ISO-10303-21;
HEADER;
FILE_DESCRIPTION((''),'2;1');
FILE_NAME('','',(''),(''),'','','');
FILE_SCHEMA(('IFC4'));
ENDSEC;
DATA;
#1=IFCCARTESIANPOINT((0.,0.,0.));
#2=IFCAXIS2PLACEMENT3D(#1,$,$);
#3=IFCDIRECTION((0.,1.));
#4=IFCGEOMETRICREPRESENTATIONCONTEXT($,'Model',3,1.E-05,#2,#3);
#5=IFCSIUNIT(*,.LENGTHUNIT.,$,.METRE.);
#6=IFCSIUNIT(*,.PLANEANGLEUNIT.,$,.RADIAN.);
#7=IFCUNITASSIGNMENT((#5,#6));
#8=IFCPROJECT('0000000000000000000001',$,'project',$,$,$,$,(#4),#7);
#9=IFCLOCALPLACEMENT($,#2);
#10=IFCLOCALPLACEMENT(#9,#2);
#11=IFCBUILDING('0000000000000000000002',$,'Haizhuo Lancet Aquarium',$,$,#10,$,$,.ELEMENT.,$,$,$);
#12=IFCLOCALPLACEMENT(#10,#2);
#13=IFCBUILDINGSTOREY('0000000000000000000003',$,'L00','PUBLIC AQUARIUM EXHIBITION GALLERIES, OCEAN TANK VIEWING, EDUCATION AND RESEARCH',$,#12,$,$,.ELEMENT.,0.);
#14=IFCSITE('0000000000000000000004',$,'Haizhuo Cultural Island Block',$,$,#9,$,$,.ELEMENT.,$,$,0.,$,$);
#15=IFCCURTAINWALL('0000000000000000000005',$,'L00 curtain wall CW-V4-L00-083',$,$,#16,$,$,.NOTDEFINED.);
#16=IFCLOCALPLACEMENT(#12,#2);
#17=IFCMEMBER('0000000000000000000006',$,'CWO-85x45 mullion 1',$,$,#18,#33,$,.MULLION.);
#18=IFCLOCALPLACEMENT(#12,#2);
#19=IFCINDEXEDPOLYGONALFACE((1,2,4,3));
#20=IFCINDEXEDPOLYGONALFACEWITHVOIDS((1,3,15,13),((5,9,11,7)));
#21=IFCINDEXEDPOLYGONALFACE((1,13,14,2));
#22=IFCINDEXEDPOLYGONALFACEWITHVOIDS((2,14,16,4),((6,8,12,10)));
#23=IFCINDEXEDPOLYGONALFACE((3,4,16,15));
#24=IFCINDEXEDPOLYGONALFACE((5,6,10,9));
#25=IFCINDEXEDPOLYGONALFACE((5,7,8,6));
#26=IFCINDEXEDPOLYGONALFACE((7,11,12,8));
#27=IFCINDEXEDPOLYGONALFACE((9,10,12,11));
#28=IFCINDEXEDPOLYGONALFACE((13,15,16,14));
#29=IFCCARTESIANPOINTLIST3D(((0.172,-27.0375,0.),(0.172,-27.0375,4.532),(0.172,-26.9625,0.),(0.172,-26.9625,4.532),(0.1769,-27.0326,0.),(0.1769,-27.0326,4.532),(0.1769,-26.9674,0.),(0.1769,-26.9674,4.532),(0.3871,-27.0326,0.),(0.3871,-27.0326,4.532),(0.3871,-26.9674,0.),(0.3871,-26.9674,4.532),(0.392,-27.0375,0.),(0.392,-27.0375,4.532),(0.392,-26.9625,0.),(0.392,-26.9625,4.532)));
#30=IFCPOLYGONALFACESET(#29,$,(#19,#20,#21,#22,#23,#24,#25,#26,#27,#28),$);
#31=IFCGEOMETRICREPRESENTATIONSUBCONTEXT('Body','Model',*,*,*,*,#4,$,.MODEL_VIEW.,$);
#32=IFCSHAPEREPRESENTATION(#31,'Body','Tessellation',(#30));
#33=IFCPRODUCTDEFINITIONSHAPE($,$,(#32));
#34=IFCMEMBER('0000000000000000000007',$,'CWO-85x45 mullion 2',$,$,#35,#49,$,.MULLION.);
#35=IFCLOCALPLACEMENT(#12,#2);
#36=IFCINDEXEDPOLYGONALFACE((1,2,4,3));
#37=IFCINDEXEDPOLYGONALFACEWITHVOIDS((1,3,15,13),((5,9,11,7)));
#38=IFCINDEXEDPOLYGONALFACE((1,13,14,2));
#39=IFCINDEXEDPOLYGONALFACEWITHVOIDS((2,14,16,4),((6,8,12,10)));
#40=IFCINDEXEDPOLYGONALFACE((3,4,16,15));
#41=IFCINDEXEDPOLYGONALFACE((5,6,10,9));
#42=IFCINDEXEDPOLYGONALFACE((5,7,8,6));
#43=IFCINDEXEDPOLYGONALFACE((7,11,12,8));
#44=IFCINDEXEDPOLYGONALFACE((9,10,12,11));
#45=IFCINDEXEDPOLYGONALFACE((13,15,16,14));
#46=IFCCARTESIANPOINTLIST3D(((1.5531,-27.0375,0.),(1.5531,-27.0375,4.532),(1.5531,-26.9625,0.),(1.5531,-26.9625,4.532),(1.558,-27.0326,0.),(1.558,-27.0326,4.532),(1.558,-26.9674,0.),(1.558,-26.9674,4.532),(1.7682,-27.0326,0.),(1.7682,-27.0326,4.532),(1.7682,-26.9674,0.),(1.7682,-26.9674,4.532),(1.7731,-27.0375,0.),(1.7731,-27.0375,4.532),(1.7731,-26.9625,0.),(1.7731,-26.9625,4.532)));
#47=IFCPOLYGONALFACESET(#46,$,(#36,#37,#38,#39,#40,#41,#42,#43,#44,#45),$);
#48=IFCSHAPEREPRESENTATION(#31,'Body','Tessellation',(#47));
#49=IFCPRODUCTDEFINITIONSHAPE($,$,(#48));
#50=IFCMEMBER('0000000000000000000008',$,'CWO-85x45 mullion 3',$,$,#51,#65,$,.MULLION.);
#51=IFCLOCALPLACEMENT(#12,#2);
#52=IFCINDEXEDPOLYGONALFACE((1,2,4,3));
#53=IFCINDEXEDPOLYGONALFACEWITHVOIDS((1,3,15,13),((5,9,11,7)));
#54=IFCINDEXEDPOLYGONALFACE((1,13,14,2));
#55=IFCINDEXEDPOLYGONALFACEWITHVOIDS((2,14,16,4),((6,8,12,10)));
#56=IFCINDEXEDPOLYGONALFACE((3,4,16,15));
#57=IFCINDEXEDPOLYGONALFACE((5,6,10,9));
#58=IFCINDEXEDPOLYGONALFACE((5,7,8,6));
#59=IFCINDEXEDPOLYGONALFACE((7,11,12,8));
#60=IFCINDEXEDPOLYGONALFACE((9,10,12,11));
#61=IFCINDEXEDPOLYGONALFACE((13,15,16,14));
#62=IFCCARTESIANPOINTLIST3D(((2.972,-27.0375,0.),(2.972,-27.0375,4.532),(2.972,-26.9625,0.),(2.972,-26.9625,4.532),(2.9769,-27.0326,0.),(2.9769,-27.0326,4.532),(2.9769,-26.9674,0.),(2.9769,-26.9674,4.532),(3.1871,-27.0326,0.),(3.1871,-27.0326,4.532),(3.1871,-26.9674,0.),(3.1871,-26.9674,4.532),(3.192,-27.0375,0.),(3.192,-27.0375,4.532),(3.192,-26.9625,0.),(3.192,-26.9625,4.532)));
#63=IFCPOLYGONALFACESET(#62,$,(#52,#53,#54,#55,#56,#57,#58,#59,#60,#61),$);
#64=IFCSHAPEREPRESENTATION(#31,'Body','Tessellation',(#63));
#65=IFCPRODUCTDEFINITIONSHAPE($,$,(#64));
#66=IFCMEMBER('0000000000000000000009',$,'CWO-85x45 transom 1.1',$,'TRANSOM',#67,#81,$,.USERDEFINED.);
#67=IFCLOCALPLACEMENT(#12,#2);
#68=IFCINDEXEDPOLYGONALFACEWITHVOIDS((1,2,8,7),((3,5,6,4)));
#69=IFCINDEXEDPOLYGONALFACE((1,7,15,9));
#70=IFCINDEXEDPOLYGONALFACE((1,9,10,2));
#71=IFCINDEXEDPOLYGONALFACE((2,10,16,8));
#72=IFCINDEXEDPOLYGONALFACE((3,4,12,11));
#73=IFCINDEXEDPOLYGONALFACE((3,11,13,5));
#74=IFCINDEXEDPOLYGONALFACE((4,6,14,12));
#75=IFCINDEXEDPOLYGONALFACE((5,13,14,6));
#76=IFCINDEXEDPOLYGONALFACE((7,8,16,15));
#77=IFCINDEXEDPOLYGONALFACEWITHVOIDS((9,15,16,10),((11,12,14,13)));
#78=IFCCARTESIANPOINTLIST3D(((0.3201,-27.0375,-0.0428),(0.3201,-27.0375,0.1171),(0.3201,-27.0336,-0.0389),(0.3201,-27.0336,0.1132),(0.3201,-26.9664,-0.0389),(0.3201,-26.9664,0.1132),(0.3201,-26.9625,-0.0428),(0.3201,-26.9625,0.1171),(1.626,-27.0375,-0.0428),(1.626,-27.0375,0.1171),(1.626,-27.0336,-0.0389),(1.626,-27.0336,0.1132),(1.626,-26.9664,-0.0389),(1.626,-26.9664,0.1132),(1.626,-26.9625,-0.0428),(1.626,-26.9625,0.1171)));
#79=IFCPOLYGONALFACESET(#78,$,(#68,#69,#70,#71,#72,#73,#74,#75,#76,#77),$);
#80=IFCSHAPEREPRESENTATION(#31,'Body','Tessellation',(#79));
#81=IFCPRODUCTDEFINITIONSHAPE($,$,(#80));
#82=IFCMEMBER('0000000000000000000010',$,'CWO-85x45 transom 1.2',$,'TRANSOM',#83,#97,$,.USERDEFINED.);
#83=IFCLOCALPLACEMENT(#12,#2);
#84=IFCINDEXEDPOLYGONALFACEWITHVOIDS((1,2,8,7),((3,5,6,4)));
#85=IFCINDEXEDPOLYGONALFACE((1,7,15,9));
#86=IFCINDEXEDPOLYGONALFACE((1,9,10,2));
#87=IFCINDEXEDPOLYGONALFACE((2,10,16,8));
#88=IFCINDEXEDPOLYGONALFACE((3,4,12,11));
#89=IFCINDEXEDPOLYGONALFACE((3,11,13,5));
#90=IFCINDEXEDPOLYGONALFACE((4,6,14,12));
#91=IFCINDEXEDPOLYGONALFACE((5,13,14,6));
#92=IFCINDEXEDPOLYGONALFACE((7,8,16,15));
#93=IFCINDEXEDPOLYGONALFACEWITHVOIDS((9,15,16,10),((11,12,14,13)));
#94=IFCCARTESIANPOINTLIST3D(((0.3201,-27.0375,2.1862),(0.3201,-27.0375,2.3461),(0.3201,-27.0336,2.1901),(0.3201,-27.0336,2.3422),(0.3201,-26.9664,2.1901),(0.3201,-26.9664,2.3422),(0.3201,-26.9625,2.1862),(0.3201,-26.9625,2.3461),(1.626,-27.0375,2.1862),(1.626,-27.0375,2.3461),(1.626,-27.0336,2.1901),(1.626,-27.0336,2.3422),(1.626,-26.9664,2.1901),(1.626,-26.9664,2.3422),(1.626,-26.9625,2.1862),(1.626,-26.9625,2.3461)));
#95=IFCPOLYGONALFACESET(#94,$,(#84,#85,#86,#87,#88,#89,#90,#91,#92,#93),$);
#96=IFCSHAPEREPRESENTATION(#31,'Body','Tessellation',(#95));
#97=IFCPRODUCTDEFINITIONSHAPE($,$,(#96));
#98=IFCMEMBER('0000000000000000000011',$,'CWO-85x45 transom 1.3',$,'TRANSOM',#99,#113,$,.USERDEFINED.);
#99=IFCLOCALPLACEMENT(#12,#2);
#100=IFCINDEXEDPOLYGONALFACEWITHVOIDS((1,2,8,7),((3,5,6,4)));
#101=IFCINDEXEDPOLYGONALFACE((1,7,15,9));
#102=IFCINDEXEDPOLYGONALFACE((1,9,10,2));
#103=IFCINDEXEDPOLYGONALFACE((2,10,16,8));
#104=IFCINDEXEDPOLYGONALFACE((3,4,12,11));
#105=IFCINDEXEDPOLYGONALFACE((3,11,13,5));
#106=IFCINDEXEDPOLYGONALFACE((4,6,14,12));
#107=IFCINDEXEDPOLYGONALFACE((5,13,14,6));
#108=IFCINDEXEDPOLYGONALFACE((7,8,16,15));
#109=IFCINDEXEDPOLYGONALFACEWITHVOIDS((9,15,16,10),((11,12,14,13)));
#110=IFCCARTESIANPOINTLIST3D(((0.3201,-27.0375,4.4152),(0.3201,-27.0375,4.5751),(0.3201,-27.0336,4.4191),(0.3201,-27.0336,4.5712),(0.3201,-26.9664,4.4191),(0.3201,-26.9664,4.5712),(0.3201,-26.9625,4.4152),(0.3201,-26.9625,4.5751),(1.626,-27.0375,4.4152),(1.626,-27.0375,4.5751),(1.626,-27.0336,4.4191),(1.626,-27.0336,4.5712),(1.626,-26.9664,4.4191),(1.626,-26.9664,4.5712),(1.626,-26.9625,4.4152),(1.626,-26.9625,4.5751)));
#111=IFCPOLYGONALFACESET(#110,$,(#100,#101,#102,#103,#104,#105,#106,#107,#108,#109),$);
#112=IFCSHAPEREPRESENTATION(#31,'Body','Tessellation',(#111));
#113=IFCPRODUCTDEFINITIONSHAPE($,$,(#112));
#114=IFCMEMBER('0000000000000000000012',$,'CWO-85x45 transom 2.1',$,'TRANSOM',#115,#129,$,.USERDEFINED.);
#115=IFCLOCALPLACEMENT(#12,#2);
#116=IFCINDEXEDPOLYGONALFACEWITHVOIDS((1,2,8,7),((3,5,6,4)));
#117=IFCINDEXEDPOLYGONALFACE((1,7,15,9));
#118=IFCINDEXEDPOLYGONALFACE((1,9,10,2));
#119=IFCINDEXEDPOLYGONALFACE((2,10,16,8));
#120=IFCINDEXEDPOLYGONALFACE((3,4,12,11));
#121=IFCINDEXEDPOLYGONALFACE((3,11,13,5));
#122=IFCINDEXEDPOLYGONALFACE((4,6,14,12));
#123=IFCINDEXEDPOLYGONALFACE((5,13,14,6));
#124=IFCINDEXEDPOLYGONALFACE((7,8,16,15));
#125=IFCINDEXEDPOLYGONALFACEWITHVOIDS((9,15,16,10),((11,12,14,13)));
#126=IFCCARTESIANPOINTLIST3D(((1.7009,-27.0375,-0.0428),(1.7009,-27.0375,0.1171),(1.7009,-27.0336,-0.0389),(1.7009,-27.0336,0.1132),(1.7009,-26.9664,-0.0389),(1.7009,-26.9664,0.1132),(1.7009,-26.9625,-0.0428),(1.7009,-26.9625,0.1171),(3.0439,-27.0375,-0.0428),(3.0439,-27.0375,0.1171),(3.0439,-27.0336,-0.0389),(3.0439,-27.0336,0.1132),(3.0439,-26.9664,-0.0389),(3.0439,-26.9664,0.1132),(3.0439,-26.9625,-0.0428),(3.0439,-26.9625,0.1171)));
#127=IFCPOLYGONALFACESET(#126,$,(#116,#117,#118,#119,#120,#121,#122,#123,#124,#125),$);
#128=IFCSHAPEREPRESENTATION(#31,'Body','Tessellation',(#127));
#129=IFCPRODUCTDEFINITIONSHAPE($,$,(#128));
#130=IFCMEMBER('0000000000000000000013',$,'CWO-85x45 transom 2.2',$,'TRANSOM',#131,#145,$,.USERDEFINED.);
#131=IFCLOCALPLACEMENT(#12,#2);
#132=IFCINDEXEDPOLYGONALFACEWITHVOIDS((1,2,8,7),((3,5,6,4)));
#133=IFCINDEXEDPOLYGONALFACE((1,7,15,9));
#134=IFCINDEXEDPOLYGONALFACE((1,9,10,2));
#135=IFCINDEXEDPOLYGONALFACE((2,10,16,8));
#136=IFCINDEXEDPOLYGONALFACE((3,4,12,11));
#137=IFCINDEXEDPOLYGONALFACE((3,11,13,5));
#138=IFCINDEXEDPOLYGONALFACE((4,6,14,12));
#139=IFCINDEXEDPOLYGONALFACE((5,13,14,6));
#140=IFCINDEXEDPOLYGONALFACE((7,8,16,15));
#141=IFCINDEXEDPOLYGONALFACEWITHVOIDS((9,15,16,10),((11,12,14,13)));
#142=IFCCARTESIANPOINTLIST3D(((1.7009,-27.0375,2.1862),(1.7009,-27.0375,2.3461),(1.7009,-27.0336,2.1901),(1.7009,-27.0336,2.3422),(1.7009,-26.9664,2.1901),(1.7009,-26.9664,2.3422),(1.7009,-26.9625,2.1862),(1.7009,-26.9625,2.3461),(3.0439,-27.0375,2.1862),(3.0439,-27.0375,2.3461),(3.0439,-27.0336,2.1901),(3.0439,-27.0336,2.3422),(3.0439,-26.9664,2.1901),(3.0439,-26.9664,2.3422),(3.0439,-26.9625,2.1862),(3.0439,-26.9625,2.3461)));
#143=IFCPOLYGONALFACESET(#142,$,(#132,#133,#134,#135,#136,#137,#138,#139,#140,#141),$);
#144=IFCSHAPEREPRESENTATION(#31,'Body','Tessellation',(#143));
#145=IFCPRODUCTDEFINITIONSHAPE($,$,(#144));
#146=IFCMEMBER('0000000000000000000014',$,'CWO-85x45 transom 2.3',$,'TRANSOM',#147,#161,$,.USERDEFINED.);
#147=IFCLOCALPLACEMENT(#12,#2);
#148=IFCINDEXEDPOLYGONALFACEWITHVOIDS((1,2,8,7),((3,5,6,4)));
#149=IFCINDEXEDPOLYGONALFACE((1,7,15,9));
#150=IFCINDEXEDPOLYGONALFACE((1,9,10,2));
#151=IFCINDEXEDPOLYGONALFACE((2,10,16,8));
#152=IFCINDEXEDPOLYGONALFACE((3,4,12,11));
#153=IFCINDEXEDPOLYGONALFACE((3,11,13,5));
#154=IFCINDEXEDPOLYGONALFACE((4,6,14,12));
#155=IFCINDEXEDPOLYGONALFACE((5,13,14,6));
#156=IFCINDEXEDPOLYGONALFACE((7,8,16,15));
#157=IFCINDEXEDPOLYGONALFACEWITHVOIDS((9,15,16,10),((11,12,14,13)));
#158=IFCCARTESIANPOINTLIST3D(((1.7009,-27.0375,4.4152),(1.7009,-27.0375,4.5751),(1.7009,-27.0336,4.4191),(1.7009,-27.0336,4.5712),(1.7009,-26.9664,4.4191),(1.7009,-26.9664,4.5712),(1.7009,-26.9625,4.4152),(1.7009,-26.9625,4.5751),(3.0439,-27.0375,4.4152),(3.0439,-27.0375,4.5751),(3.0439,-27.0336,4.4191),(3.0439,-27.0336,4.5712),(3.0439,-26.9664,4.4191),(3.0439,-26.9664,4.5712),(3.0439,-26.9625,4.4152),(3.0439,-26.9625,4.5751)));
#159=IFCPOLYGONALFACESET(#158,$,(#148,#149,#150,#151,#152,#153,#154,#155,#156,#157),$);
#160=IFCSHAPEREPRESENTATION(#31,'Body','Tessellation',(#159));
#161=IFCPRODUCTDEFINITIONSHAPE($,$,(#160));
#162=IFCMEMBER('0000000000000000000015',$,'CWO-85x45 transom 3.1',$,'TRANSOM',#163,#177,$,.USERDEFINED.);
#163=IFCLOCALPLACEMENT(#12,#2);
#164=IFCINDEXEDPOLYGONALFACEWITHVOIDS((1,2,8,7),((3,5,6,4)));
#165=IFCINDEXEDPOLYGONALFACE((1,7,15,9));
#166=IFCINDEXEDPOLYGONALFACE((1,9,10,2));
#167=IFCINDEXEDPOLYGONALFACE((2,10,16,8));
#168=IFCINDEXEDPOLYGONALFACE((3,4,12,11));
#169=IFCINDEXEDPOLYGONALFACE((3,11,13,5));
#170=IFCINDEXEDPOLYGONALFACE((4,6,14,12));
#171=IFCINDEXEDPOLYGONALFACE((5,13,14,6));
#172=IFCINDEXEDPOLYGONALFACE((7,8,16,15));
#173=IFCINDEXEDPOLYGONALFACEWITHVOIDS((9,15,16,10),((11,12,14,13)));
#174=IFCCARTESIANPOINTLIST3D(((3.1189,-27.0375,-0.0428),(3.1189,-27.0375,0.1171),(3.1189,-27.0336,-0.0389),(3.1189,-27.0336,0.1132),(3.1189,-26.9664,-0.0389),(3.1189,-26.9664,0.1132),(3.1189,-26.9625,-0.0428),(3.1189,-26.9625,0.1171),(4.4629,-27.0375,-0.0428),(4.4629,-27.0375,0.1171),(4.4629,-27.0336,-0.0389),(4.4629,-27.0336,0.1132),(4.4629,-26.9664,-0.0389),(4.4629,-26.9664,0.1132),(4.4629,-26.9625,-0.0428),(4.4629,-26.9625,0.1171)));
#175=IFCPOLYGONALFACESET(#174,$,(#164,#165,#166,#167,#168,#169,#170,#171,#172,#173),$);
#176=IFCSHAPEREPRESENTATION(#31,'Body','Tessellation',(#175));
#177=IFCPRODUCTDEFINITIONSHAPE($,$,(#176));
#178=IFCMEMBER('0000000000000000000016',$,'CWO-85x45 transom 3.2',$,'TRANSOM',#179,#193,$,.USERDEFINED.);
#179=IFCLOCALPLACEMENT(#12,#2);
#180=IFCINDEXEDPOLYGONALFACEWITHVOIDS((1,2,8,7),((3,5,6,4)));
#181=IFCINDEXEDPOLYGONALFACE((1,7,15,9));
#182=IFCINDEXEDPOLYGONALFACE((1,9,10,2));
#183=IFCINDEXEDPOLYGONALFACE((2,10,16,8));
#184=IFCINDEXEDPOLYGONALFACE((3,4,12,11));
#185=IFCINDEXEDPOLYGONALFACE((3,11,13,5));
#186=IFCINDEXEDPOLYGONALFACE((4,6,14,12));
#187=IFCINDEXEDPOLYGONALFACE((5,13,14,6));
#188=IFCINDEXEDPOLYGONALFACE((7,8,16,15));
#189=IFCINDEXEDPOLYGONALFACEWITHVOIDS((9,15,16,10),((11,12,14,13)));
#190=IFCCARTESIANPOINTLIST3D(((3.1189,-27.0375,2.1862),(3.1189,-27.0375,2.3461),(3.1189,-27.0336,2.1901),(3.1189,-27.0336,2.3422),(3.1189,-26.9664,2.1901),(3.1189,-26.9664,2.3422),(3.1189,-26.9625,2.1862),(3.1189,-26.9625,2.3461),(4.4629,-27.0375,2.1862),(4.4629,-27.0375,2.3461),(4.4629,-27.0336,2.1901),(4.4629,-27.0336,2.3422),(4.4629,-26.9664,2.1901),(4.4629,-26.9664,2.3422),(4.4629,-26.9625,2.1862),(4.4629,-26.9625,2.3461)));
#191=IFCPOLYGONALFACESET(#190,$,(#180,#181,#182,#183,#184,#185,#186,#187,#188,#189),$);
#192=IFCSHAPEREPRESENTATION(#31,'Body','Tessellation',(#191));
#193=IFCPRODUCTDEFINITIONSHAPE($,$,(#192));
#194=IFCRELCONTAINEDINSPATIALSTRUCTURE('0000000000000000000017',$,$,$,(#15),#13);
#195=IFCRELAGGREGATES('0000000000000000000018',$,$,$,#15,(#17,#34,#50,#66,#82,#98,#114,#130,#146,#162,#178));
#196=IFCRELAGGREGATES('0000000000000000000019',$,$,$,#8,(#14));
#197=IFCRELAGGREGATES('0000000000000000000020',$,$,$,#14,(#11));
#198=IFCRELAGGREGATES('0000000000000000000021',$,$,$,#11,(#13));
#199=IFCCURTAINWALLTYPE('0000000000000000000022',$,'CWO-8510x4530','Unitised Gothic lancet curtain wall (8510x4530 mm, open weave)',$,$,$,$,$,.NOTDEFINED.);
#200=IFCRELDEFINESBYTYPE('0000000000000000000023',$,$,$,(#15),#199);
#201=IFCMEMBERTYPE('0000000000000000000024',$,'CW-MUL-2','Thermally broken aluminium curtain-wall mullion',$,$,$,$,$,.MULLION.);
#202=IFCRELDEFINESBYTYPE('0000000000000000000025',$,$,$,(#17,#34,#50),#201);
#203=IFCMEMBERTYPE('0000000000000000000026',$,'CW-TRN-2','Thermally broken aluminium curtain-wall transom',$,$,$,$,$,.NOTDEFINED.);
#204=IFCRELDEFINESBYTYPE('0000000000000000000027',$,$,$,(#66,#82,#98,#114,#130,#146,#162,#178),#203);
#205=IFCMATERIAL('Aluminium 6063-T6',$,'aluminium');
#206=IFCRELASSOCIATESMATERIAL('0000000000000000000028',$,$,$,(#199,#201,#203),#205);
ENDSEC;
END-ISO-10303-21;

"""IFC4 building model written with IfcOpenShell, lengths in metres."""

from ifc_helpers import new_model, si_unit, direction, frame, origin, origin_2d, place, context, subcontext, project, spatial, hollow_rectangle, extrude, material, material_profile, profile_set, type_object, element, aggregate, save


model = new_model("IFC4")

# Units and contexts
model_context = context("Model", 3, precision=1e-05, world=origin(), true_north=direction((0.0, 1.0)))
body_context = subcontext(model_context, "Body", "Model", "MODEL_VIEW")
ifc_project = project(units=[si_unit("LENGTHUNIT", "METRE"), si_unit("PLANEANGLEUNIT", "RADIAN")], contexts=[model_context])

# Site, building, storey
site_placement = place(None, origin())
site = spatial("IfcSite", under=ifc_project, at=site_placement, Name="Haizhuo Cultural Island Block", CompositionType="ELEMENT", RefElevation=0.0)
building_placement = place(site_placement, origin())
building = spatial("IfcBuilding", under=site, at=building_placement, Name="Haizhuo Lancet Aquarium", CompositionType="ELEMENT")
storey_placement = place(building_placement, origin())
storey = spatial("IfcBuildingStorey", under=building, at=storey_placement, Name="L00", Description="PUBLIC AQUARIUM EXHIBITION GALLERIES, OCEAN TANK VIEWING, EDUCATION AND RESEARCH", CompositionType="ELEMENT", Elevation=0.0)

# Curtain wall, members
ifc_material_1 = material(Name="Aluminium 6063-T6", Category="aluminium")
curtain_wall_type = type_object("IfcCurtainWallType", Name="CWO-8510x4530", Description="Unitised Gothic lancet curtain wall (8510x4530 mm, open weave)", PredefinedType="NOTDEFINED", material=ifc_material_1)
curtain_wall_placement = place(storey_placement, origin())
curtain_wall = element("IfcCurtainWall", 1, at=curtain_wall_placement, inside=storey, type_object=curtain_wall_type, Name="L00 curtain wall CW-V4-L00-083", PredefinedType="NOTDEFINED")
ifc_material_profile_1 = material_profile(ifc_material_1, hollow_rectangle(XDim=0.075, YDim=0.22, WallThickness=0.0049, at=origin_2d()), Name="ALU-M 75x220x5")
ifc_profile_set_1 = profile_set([ifc_material_profile_1], Name="Aluminium 6063-T6")
member_type_1 = type_object("IfcMemberType", Name="CW-MUL-2", Description="Thermally broken aluminium curtain-wall mullion", PredefinedType="MULLION", material=ifc_profile_set_1)
member_1_placement = place(storey_placement, frame((0.282, -27.0, 0.0), z_axis=(0.0, 0.0, 1.0), x_axis=(0.0, 1.0, 0.0)))
member_1 = element("IfcMember", 2, at=member_1_placement, type_object=member_type_1, Name="CWO-85x45 mullion 1", PredefinedType="MULLION", context=body_context, shape_type="SweptSolid", body=[
    extrude(hollow_rectangle(XDim=0.075, YDim=0.22, WallThickness=0.0049, at=origin_2d()), origin(), (0.0, 0.0, 1.0), 4.532),
])
member_2_placement = place(storey_placement, frame((1.6631, -27.0, 0.0), z_axis=(0.0, 0.0, 1.0), x_axis=(0.0, 1.0, 0.0)))
member_2 = element("IfcMember", 3, at=member_2_placement, type_object=member_type_1, Name="CWO-85x45 mullion 2", PredefinedType="MULLION", context=body_context, shape_type="SweptSolid", body=[
    extrude(hollow_rectangle(XDim=0.075, YDim=0.22, WallThickness=0.0049, at=origin_2d()), origin(), (0.0, 0.0, 1.0), 4.532),
])
member_3_placement = place(storey_placement, frame((3.082, -27.0, 0.0), z_axis=(0.0, 0.0, 1.0), x_axis=(0.0, 1.0, 0.0)))
member_3 = element("IfcMember", 4, at=member_3_placement, type_object=member_type_1, Name="CWO-85x45 mullion 3", PredefinedType="MULLION", context=body_context, shape_type="SweptSolid", body=[
    extrude(hollow_rectangle(XDim=0.075, YDim=0.22, WallThickness=0.0049, at=origin_2d()), origin(), (0.0, 0.0, 1.0), 4.532),
])
ifc_material_profile_2 = material_profile(ifc_material_1, hollow_rectangle(XDim=0.075, YDim=0.1599, WallThickness=0.0039, at=origin_2d()), Name="ALU-T 75x160x4")
ifc_profile_set_2 = profile_set([ifc_material_profile_2], Name="Aluminium 6063-T6")
member_type_2 = type_object("IfcMemberType", Name="CW-TRN-2", Description="Thermally broken aluminium curtain-wall transom", PredefinedType="NOTDEFINED", material=ifc_profile_set_2)
member_4_placement = place(storey_placement, frame((0.3201, -27.0, 0.0371), z_axis=(1.0, 0.0, 0.0), x_axis=(0.0, 1.0, 0.0)))
member_4 = element("IfcMember", 5, at=member_4_placement, type_object=member_type_2, Name="CWO-85x45 transom 1.1", ObjectType="TRANSOM", PredefinedType="USERDEFINED", context=body_context, shape_type="SweptSolid", body=[
    extrude(hollow_rectangle(XDim=0.075, YDim=0.1599, WallThickness=0.0039, at=origin_2d()), origin(), (0.0, 0.0, 1.0), 1.3059),
])
member_5_placement = place(storey_placement, frame((0.3201, -27.0, 2.2661), z_axis=(1.0, 0.0, 0.0), x_axis=(0.0, 1.0, 0.0)))
member_5 = element("IfcMember", 6, at=member_5_placement, type_object=member_type_2, Name="CWO-85x45 transom 1.2", ObjectType="TRANSOM", PredefinedType="USERDEFINED", context=body_context, shape_type="SweptSolid", body=[
    extrude(hollow_rectangle(XDim=0.075, YDim=0.1599, WallThickness=0.0039, at=origin_2d()), origin(), (0.0, 0.0, 1.0), 1.3059),
])
member_6_placement = place(storey_placement, frame((0.3201, -27.0, 4.4951), z_axis=(1.0, 0.0, 0.0), x_axis=(0.0, 1.0, 0.0)))
member_6 = element("IfcMember", 7, at=member_6_placement, type_object=member_type_2, Name="CWO-85x45 transom 1.3", ObjectType="TRANSOM", PredefinedType="USERDEFINED", context=body_context, shape_type="SweptSolid", body=[
    extrude(hollow_rectangle(XDim=0.075, YDim=0.1599, WallThickness=0.0039, at=origin_2d()), origin(), (0.0, 0.0, 1.0), 1.3059),
])
member_7_placement = place(storey_placement, frame((1.7009, -27.0, 0.0371), z_axis=(1.0, 0.0, 0.0), x_axis=(0.0, 1.0, 0.0)))
member_7 = element("IfcMember", 8, at=member_7_placement, type_object=member_type_2, Name="CWO-85x45 transom 2.1", ObjectType="TRANSOM", PredefinedType="USERDEFINED", context=body_context, shape_type="SweptSolid", body=[
    extrude(hollow_rectangle(XDim=0.075, YDim=0.1599, WallThickness=0.0039, at=origin_2d()), origin(), (0.0, 0.0, 1.0), 1.343),
])
member_8_placement = place(storey_placement, frame((1.7009, -27.0, 2.2661), z_axis=(1.0, 0.0, 0.0), x_axis=(0.0, 1.0, 0.0)))
member_8 = element("IfcMember", 9, at=member_8_placement, type_object=member_type_2, Name="CWO-85x45 transom 2.2", ObjectType="TRANSOM", PredefinedType="USERDEFINED", context=body_context, shape_type="SweptSolid", body=[
    extrude(hollow_rectangle(XDim=0.075, YDim=0.1599, WallThickness=0.0039, at=origin_2d()), origin(), (0.0, 0.0, 1.0), 1.343),
])
member_9_placement = place(storey_placement, frame((1.7009, -27.0, 4.4951), z_axis=(1.0, 0.0, 0.0), x_axis=(0.0, 1.0, 0.0)))
member_9 = element("IfcMember", 10, at=member_9_placement, type_object=member_type_2, Name="CWO-85x45 transom 2.3", ObjectType="TRANSOM", PredefinedType="USERDEFINED", context=body_context, shape_type="SweptSolid", body=[
    extrude(hollow_rectangle(XDim=0.075, YDim=0.1599, WallThickness=0.0039, at=origin_2d()), origin(), (0.0, 0.0, 1.0), 1.343),
])
member_10_placement = place(storey_placement, frame((3.1189, -27.0, 0.0371), z_axis=(1.0, 0.0, 0.0), x_axis=(0.0, 1.0, 0.0)))
member_10 = element("IfcMember", 11, at=member_10_placement, type_object=member_type_2, Name="CWO-85x45 transom 3.1", ObjectType="TRANSOM", PredefinedType="USERDEFINED", context=body_context, shape_type="SweptSolid", body=[
    extrude(hollow_rectangle(XDim=0.075, YDim=0.1599, WallThickness=0.0039, at=origin_2d()), origin(), (0.0, 0.0, 1.0), 1.344),
])
member_11_placement = place(storey_placement, frame((3.1189, -27.0, 2.2661), z_axis=(1.0, 0.0, 0.0), x_axis=(0.0, 1.0, 0.0)))
member_11 = element("IfcMember", 12, at=member_11_placement, type_object=member_type_2, Name="CWO-85x45 transom 3.2", ObjectType="TRANSOM", PredefinedType="USERDEFINED", context=body_context, shape_type="SweptSolid", body=[
    extrude(hollow_rectangle(XDim=0.075, YDim=0.1599, WallThickness=0.0039, at=origin_2d()), origin(), (0.0, 0.0, 1.0), 1.344),
])
aggregate(curtain_wall, [member_1, member_2, member_3, member_4, member_5, member_6, member_7, member_8, member_9, member_10, member_11])

save(model, "model.ifc")
